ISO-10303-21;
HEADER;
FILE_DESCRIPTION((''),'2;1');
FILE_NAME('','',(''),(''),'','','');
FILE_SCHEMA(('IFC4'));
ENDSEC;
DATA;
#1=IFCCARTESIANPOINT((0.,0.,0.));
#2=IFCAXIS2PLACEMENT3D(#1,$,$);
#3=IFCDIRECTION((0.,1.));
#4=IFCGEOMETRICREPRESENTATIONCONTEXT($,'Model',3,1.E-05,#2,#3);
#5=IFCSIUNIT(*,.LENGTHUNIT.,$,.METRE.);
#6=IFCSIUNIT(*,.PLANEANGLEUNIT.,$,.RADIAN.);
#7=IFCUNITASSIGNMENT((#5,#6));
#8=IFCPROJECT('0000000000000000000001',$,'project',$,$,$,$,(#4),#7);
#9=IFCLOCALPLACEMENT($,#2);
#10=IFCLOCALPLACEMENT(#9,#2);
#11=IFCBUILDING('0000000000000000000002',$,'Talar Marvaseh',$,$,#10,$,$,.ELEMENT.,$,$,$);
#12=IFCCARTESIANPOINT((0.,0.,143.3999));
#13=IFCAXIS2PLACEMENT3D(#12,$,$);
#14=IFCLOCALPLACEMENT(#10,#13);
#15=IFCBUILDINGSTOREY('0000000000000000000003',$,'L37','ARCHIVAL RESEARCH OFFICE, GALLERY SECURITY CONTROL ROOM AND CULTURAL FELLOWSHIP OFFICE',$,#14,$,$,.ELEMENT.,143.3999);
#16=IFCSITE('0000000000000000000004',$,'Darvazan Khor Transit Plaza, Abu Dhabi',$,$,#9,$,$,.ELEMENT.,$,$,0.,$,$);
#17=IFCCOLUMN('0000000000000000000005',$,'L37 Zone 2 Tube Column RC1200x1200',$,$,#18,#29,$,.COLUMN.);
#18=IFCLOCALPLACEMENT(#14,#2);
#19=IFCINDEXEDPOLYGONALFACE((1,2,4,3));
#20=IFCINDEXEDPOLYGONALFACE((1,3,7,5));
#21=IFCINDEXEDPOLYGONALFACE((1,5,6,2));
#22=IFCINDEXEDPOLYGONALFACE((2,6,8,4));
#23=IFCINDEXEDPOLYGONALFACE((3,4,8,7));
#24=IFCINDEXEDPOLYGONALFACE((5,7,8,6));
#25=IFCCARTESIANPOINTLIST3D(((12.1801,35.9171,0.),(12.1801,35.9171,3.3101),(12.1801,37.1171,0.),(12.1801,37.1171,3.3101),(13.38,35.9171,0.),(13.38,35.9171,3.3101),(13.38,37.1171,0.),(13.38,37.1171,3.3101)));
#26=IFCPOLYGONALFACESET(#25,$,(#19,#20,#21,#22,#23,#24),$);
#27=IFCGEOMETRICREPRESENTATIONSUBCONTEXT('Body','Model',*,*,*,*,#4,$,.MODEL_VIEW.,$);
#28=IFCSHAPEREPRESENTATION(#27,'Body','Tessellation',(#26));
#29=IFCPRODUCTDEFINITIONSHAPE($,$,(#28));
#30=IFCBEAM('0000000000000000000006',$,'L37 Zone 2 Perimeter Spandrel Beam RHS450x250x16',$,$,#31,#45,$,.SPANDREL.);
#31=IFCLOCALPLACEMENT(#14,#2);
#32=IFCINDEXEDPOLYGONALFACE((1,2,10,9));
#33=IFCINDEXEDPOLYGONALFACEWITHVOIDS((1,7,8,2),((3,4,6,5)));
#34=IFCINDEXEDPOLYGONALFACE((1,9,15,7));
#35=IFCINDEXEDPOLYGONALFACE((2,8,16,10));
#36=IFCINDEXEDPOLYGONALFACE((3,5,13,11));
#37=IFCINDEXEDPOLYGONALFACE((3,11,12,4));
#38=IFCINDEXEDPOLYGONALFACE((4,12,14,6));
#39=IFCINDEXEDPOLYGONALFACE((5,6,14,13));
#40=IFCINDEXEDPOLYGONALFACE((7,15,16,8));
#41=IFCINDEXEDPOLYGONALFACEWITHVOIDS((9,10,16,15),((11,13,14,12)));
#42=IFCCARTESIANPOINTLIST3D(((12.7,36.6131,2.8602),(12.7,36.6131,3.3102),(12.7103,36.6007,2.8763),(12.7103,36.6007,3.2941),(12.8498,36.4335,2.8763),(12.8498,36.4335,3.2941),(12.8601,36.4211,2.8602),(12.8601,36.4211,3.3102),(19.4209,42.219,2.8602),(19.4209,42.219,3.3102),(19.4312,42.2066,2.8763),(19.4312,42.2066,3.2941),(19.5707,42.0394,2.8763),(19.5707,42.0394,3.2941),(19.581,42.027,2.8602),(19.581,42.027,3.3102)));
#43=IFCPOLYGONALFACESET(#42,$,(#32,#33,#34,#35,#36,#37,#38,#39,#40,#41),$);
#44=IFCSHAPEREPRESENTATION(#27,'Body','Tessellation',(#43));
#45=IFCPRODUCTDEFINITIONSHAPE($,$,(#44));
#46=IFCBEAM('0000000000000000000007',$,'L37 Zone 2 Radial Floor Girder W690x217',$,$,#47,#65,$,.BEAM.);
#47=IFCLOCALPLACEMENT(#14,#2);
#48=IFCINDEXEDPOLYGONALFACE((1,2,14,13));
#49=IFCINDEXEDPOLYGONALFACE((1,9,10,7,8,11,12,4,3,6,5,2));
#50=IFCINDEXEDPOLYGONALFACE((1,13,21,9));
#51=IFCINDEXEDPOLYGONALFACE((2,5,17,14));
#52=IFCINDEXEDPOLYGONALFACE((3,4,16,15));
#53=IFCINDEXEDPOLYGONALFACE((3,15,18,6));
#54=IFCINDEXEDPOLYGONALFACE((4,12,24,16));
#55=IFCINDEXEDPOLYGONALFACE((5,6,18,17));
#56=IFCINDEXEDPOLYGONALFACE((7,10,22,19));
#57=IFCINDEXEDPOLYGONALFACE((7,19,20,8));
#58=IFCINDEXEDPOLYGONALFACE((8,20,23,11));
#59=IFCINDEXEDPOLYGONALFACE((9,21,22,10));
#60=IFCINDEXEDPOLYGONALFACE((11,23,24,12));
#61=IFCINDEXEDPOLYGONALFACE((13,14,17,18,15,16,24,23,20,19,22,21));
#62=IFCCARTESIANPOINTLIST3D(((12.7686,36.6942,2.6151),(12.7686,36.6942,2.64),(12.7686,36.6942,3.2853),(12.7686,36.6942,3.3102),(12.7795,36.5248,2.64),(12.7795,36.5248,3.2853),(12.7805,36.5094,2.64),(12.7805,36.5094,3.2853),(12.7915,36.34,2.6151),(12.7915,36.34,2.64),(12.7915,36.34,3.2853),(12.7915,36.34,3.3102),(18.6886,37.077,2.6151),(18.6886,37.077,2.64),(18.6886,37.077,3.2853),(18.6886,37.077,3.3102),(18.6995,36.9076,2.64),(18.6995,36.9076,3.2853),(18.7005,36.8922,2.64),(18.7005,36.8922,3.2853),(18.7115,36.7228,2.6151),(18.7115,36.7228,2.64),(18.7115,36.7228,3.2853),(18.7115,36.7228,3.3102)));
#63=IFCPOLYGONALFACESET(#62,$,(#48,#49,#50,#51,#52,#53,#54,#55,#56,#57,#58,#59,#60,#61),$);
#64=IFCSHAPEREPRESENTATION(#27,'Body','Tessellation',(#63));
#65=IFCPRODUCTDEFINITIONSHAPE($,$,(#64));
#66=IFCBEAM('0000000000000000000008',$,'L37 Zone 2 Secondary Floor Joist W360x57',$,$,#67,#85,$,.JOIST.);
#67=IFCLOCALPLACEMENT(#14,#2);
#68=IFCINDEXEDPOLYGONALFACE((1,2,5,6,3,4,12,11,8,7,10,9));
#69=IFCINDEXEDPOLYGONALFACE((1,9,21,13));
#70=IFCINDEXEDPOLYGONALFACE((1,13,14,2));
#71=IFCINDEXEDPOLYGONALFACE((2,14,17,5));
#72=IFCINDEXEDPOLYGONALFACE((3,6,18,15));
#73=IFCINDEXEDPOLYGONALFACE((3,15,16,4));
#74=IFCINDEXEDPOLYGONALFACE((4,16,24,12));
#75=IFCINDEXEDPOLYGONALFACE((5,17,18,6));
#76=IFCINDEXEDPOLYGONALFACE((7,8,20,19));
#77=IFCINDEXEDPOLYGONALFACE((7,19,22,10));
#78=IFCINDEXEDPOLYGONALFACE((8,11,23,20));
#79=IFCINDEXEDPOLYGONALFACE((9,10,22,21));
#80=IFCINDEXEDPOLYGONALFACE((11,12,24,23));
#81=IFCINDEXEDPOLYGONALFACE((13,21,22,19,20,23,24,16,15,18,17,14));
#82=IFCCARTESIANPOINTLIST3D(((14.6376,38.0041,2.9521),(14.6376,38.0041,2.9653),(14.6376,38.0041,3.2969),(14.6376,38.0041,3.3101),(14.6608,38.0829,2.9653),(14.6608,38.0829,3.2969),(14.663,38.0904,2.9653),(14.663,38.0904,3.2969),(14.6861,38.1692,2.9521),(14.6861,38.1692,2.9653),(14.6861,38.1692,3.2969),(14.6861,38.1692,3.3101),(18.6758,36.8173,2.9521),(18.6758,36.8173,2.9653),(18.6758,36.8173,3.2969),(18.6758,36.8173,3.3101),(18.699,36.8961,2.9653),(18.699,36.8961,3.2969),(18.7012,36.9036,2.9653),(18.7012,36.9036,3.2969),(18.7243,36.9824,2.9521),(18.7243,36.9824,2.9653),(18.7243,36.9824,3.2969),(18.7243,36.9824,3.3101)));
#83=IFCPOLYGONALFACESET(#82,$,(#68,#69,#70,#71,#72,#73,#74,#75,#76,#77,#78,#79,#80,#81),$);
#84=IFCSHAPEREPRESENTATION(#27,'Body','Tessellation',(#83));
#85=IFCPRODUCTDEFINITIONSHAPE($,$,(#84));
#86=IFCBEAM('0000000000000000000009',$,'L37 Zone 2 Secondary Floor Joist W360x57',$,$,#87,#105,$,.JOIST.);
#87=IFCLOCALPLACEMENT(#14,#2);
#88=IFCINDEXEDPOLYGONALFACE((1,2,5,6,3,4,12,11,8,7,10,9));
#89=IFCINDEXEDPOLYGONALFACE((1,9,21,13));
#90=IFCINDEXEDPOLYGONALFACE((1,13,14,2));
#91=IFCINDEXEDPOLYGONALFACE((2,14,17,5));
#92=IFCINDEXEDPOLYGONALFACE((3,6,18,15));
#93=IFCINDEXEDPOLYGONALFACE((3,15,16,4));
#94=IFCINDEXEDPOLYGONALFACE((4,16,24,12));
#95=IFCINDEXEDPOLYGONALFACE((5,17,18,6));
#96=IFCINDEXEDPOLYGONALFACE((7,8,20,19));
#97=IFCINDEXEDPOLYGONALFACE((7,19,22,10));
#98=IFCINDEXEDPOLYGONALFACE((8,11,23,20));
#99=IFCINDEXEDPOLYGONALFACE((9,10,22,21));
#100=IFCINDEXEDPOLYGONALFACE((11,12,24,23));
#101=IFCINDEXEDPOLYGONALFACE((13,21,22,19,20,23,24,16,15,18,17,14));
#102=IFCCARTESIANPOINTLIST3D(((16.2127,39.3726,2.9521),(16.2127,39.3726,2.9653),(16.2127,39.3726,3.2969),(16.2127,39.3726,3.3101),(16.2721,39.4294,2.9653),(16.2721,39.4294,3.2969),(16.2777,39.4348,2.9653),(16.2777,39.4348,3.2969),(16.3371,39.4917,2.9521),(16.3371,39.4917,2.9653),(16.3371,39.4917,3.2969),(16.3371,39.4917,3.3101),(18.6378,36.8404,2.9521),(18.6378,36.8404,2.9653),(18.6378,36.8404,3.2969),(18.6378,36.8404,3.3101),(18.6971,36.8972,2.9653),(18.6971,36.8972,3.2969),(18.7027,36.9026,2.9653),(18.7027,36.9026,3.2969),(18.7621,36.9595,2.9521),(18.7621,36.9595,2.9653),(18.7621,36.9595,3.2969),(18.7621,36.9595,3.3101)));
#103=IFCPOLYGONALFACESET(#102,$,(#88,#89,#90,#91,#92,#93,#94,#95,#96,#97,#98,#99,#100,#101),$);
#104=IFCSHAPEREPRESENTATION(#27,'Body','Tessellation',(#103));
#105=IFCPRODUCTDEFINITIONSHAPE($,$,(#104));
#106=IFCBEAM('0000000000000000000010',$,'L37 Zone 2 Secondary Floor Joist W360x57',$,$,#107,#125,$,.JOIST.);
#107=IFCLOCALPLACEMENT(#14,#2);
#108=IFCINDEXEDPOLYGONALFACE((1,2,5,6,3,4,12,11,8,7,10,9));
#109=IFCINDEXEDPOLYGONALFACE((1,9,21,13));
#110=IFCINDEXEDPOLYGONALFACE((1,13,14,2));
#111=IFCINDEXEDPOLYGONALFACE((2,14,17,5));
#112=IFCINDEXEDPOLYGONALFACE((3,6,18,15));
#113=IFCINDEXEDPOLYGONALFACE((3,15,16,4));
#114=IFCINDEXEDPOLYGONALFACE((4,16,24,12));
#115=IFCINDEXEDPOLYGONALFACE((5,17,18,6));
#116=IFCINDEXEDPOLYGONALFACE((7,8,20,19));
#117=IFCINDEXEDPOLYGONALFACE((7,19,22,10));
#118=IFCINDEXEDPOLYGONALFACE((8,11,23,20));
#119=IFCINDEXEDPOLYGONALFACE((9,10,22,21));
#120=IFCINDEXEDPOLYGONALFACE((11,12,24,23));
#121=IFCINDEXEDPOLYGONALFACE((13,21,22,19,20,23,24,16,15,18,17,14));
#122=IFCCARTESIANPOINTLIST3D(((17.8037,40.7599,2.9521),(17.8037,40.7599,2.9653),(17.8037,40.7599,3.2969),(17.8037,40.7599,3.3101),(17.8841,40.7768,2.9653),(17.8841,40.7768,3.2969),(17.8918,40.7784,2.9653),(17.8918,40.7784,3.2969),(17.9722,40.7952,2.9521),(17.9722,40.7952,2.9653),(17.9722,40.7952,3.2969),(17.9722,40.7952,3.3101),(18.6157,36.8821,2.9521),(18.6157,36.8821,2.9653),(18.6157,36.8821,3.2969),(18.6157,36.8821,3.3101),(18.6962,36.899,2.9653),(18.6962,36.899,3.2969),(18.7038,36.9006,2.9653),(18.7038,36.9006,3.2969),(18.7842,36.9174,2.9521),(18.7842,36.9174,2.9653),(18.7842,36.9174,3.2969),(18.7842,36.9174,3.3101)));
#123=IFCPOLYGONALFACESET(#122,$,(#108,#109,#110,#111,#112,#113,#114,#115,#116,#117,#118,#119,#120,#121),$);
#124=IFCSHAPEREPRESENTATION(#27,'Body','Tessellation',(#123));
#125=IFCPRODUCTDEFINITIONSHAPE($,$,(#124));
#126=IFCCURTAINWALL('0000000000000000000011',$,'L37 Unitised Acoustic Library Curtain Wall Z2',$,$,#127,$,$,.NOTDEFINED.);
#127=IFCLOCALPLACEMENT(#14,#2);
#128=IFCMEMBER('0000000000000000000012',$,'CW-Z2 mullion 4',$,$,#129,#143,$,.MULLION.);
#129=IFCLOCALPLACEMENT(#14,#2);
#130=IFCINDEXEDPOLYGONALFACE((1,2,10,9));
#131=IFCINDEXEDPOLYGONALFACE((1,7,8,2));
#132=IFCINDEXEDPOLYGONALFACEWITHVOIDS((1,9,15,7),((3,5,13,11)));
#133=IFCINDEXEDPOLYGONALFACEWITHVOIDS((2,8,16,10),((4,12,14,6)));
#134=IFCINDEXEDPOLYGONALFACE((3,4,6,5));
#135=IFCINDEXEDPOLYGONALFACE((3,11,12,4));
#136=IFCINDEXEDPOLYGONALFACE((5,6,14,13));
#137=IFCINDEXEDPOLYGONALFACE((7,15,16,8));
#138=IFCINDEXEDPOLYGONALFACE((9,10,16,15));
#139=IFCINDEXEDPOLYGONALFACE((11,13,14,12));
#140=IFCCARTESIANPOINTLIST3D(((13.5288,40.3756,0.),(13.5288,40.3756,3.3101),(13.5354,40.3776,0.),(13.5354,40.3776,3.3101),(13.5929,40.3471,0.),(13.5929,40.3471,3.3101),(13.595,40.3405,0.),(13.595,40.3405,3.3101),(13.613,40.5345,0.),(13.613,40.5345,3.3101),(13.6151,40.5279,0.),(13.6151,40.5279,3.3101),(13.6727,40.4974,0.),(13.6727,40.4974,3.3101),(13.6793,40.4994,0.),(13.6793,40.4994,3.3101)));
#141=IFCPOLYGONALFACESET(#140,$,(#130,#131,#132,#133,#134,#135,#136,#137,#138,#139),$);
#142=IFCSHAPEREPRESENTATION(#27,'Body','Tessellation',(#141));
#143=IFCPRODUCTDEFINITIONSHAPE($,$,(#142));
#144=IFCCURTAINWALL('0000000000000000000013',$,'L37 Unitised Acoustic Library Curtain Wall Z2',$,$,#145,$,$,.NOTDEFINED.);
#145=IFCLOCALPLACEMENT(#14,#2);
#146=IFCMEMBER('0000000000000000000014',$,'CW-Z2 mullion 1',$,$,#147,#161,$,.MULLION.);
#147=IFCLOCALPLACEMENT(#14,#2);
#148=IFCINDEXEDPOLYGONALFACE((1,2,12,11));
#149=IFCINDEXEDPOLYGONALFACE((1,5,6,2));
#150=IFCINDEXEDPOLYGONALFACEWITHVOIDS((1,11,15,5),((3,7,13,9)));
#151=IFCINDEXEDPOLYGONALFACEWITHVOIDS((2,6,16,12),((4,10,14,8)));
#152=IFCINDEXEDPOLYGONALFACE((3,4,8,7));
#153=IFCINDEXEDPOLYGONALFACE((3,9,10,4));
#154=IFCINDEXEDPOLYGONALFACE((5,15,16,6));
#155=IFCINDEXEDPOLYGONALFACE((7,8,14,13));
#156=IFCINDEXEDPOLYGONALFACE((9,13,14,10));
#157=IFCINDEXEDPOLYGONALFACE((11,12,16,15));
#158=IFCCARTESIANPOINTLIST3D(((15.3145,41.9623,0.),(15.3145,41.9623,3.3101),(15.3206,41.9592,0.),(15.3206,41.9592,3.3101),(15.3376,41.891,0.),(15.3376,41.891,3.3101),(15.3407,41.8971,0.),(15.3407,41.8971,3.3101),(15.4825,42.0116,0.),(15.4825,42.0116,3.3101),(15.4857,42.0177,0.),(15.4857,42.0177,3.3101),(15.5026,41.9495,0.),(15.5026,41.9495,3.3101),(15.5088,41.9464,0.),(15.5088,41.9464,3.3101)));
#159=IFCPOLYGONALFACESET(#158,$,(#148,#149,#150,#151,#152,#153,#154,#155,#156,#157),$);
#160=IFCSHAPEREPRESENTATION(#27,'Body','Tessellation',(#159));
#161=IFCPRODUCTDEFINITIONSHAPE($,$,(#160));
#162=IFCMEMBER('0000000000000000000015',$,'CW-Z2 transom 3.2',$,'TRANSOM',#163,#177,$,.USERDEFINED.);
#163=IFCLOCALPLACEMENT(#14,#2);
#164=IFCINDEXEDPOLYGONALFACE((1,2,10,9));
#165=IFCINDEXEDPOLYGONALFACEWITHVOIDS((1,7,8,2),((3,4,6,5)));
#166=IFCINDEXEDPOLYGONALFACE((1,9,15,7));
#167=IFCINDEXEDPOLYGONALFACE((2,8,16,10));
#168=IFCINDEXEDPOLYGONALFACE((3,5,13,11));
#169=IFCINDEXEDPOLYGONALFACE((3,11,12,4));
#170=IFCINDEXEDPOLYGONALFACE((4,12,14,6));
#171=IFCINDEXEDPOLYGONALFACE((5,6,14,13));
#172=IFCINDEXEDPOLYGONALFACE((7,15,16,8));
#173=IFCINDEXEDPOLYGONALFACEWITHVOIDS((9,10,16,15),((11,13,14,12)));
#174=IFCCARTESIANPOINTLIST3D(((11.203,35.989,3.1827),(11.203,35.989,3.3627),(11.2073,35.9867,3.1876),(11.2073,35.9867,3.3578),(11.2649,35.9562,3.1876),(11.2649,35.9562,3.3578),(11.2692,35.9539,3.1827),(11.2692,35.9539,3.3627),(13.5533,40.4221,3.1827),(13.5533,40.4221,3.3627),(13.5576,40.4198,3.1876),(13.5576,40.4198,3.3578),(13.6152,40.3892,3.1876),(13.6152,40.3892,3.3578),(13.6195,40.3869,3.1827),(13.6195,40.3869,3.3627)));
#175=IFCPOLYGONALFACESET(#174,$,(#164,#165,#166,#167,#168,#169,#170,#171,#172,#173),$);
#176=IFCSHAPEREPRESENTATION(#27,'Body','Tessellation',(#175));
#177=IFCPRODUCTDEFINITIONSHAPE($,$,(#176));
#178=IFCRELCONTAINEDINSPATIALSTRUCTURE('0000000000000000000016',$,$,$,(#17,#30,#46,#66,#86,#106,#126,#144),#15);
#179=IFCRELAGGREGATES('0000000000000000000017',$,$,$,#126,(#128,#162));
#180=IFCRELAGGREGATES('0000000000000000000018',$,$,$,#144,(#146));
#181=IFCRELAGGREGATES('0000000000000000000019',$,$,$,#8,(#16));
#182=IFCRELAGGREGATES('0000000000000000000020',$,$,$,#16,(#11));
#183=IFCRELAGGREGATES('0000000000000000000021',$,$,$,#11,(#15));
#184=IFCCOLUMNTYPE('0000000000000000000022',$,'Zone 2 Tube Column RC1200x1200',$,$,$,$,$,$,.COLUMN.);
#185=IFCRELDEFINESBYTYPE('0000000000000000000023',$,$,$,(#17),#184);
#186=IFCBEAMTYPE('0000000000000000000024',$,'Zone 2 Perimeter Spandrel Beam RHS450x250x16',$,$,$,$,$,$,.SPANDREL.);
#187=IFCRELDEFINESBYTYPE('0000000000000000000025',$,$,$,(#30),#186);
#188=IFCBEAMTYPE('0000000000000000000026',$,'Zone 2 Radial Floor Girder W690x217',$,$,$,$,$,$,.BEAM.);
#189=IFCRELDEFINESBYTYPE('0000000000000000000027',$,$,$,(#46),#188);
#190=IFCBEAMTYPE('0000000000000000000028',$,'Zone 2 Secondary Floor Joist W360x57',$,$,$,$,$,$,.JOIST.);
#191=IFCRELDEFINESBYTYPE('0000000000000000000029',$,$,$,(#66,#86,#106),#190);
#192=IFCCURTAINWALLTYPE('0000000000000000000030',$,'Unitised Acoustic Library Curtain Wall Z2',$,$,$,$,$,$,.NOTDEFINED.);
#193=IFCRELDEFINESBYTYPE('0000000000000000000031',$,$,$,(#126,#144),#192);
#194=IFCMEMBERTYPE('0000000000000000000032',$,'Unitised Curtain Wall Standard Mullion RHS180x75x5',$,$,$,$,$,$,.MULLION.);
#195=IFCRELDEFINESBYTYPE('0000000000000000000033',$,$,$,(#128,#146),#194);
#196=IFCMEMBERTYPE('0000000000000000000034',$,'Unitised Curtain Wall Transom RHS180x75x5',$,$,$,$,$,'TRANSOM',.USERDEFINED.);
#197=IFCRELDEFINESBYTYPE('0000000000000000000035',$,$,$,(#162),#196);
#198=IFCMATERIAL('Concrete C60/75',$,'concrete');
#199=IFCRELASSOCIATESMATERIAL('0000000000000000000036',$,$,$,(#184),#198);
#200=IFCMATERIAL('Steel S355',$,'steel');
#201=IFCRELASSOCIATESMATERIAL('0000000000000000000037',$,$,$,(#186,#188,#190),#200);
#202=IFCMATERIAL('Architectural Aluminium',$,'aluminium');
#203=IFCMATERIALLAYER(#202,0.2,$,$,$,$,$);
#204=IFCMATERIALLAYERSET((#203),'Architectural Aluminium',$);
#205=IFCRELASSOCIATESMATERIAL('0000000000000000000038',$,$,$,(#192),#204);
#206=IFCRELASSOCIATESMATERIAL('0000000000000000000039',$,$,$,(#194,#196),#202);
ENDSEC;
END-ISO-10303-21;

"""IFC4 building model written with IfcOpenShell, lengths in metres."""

from ifc_helpers import new_model, si_unit, direction, frame, origin, origin_2d, place, context, subcontext, project, spatial, rectangle, hollow_rectangle, i_section, extrude, source, transform, mapped, material, layer, layer_set, material_profile, profile_set, type_object, type_shapes, element, aggregate, save


model = new_model("IFC4")

# Units and contexts
model_context = context("Model", 3, precision=1e-05, world=origin(), true_north=direction((0.0, 1.0)))
body_context = subcontext(model_context, "Body", "Model", "MODEL_VIEW")
ifc_project = project(units=[si_unit("LENGTHUNIT", "METRE"), si_unit("PLANEANGLEUNIT", "RADIAN")], contexts=[model_context])

# Site, building, storey
site_placement = place(None, origin())
site = spatial("IfcSite", under=ifc_project, at=site_placement, Name="Darvazan Khor Transit Plaza, Abu Dhabi", CompositionType="ELEMENT", RefElevation=0.0)
building_placement = place(site_placement, origin())
building = spatial("IfcBuilding", under=site, at=building_placement, Name="Talar Marvaseh", CompositionType="ELEMENT")
storey_placement = place(building_placement, frame((0.0, 0.0, 143.3999)))
storey = spatial("IfcBuildingStorey", under=building, at=storey_placement, Name="L37", Description="ARCHIVAL RESEARCH OFFICE, GALLERY SECURITY CONTROL ROOM AND CULTURAL FELLOWSHIP OFFICE", CompositionType="ELEMENT", Elevation=143.3999)

# Column
ifc_material_1 = material(Name="Concrete C60/75", Category="concrete")
ifc_material_profile_1 = material_profile(ifc_material_1, rectangle(XDim=1.2, YDim=1.2, at=origin_2d()), Name="RC1200x1200")
ifc_profile_set_1 = profile_set([ifc_material_profile_1], Name="Concrete C60/75")
column_type = type_object("IfcColumnType", Name="Zone 2 Tube Column RC1200x1200", PredefinedType="COLUMN", material=ifc_profile_set_1)
column_placement = place(storey_placement, frame((12.78, 36.5171, 0.0), z_axis=(0.0, 0.0, 1.0), x_axis=(1.0, 0.0, 0.0)))
element("IfcColumn", 1, at=column_placement, inside=storey, type_object=column_type, Name="L37 Zone 2 Tube Column RC1200x1200", PredefinedType="COLUMN", context=body_context, shape_type="SweptSolid", body=[
    extrude(rectangle(XDim=1.2, YDim=1.2, at=origin_2d()), origin(), (0.0, 0.0, 1.0), 3.3101),
])

# Beams
ifc_material_2 = material(Name="Steel S355", Category="steel")
ifc_material_profile_2 = material_profile(ifc_material_2, hollow_rectangle(XDim=0.25, YDim=0.45, WallThickness=0.0161, at=origin_2d()), Name="RHS450x250x16")
ifc_profile_set_2 = profile_set([ifc_material_profile_2], Name="Steel S355")
beam_type_1 = type_object("IfcBeamType", Name="Zone 2 Perimeter Spandrel Beam RHS450x250x16", PredefinedType="SPANDREL", material=ifc_profile_set_2)
beam_1_placement = place(storey_placement, frame((12.78, 36.5171, 3.0852), z_axis=(0.767931, 0.640533, 0.0), x_axis=(-0.640533, 0.767931, 0.0)))
element("IfcBeam", 2, at=beam_1_placement, inside=storey, type_object=beam_type_1, Name="L37 Zone 2 Perimeter Spandrel Beam RHS450x250x16", PredefinedType="SPANDREL", context=body_context, shape_type="SweptSolid", body=[
    extrude(hollow_rectangle(XDim=0.25, YDim=0.45, WallThickness=0.0161, at=origin_2d()), origin(), (0.0, 0.0, 1.0), 8.752),
])
ifc_material_profile_3 = material_profile(ifc_material_2, i_section(OverallWidth=0.355, OverallDepth=0.6951, WebThickness=0.0154, FlangeThickness=0.0249, at=origin_2d()), Name="W690x217")
ifc_profile_set_3 = profile_set([ifc_material_profile_3], Name="Steel S355")
beam_type_2 = type_object("IfcBeamType", Name="Zone 2 Radial Floor Girder W690x217", PredefinedType="BEAM", material=ifc_profile_set_3)
beam_2_placement = place(storey_placement, frame((12.78, 36.5171, 2.9626), z_axis=(0.997916, 0.06453, 0.0), x_axis=(-0.06453, 0.997916, 0.0)))
element("IfcBeam", 3, at=beam_2_placement, inside=storey, type_object=beam_type_2, Name="L37 Zone 2 Radial Floor Girder W690x217", PredefinedType="BEAM", context=body_context, shape_type="SweptSolid", body=[
    extrude(i_section(OverallWidth=0.355, OverallDepth=0.6951, WebThickness=0.0154, FlangeThickness=0.0249, at=origin_2d()), origin(), (0.0, 0.0, 1.0), 5.9324),
])
ifc_material_profile_4 = material_profile(ifc_material_2, i_section(OverallWidth=0.1721, OverallDepth=0.3579, WebThickness=0.0078, FlangeThickness=0.0132, at=origin_2d()), Name="W360x57")
ifc_profile_set_4 = profile_set([ifc_material_profile_4], Name="Steel S355")
beam_type_3 = type_object("IfcBeamType", Name="Zone 2 Secondary Floor Joist W360x57", PredefinedType="JOIST", material=ifc_profile_set_4)
beam_3_placement = place(storey_placement, frame((14.6619, 38.0867, 3.1311), z_axis=(0.959424, -0.281968, 0.0), x_axis=(0.281968, 0.959424, 0.0)))
element("IfcBeam", 4, at=beam_3_placement, inside=storey, type_object=beam_type_3, Name="L37 Zone 2 Secondary Floor Joist W360x57", PredefinedType="JOIST", context=body_context, shape_type="SweptSolid", body=[
    extrude(i_section(OverallWidth=0.1721, OverallDepth=0.3579, WebThickness=0.0078, FlangeThickness=0.0132, at=origin_2d()), origin(), (0.0, 0.0, 1.0), 4.209),
])
beam_4_placement = place(storey_placement, frame((16.2749, 39.4321, 3.1311), z_axis=(0.691657, -0.722226, 0.0), x_axis=(0.722226, 0.691657, 0.0)))
element("IfcBeam", 5, at=beam_4_placement, inside=storey, type_object=beam_type_3, Name="L37 Zone 2 Secondary Floor Joist W360x57", PredefinedType="JOIST", context=body_context, shape_type="SweptSolid", body=[
    extrude(i_section(OverallWidth=0.1721, OverallDepth=0.3579, WebThickness=0.0078, FlangeThickness=0.0132, at=origin_2d()), origin(), (0.0, 0.0, 1.0), 3.5061),
])
beam_5_placement = place(storey_placement, frame((17.8879, 40.7776, 3.1311), z_axis=(0.204961, -0.97877, 0.0), x_axis=(0.97877, 0.204961, 0.0)))
element("IfcBeam", 6, at=beam_5_placement, inside=storey, type_object=beam_type_3, Name="L37 Zone 2 Secondary Floor Joist W360x57", PredefinedType="JOIST", context=body_context, shape_type="SweptSolid", body=[
    extrude(i_section(OverallWidth=0.1721, OverallDepth=0.3579, WebThickness=0.0078, FlangeThickness=0.0132, at=origin_2d()), origin(), (0.0, 0.0, 1.0), 3.9619),
])

# Curtain walls, members
ifc_material_3 = material(Name="Architectural Aluminium", Category="aluminium")
ifc_layer_1 = layer(ifc_material_3, 0.2)
ifc_layer_set_1 = layer_set([ifc_layer_1], Name="Architectural Aluminium")
curtain_wall_type = type_object("IfcCurtainWallType", Name="Unitised Acoustic Library Curtain Wall Z2", PredefinedType="NOTDEFINED", material=ifc_layer_set_1)
curtain_wall_1_placement = place(storey_placement, origin())
curtain_wall_1 = element("IfcCurtainWall", 7, at=curtain_wall_1_placement, inside=storey, type_object=curtain_wall_type, Name="L37 Unitised Acoustic Library Curtain Wall Z2", PredefinedType="NOTDEFINED")
ifc_material_profile_5 = material_profile(ifc_material_3, hollow_rectangle(XDim=0.075, YDim=0.1799, WallThickness=0.0049, at=origin_2d()), Name="RHS180x75x5")
ifc_profile_set_5 = profile_set([ifc_material_profile_5], Name="Architectural Aluminium")
member_type_1 = type_object("IfcMemberType", Name="Unitised Curtain Wall Standard Mullion RHS180x75x5", PredefinedType="MULLION", material=ifc_profile_set_5)
shared_shape_1 = source(origin(), body_context, "Body", "SweptSolid", [
    extrude(hollow_rectangle(XDim=0.075, YDim=0.1799, WallThickness=0.0049, at=origin_2d()), origin(), (0.0, 0.0, 1.0), 3.3101),
])
type_shapes(member_type_1, [shared_shape_1])
member_1_placement = place(storey_placement, frame((13.604, 40.4375, 0.0), z_axis=(0.0, 0.0, 1.0), x_axis=(-0.883505, 0.468422, 0.0)))
member_1 = element("IfcMember", 8, at=member_1_placement, type_object=member_type_1, Name="CW-Z2 mullion 4", PredefinedType="MULLION", context=body_context, shape_type="MappedRepresentation", body=[
    mapped(shared_shape_1, transform((0.0, 0.0, 0.0), x_axis=(1.0, 0.0, 0.0), y_axis=(0.0, 1.0, 0.0), z_axis=(0.0, 0.0, 1.0), scale=1.0)),
])
curtain_wall_2_placement = place(storey_placement, origin())
curtain_wall_2 = element("IfcCurtainWall", 9, at=curtain_wall_2_placement, inside=storey, type_object=curtain_wall_type, Name="L37 Unitised Acoustic Library Curtain Wall Z2", PredefinedType="NOTDEFINED")
member_2_placement = place(storey_placement, frame((15.4116, 41.9543, 0.0), z_axis=(0.0, 0.0, 1.0), x_axis=(-0.307886, 0.951423, 0.0)))
member_2 = element("IfcMember", 10, at=member_2_placement, type_object=member_type_1, Name="CW-Z2 mullion 1", PredefinedType="MULLION", context=body_context, shape_type="MappedRepresentation", body=[
    mapped(shared_shape_1, transform((0.0, 0.0, 0.0), x_axis=(1.0, 0.0, 0.0), y_axis=(0.0, 1.0, 0.0), z_axis=(0.0, 0.0, 1.0), scale=1.0)),
])

# Member
ifc_material_profile_6 = material_profile(ifc_material_3, hollow_rectangle(XDim=0.075, YDim=0.1799, WallThickness=0.0049, at=origin_2d()), Name="RHS180x75x5")
ifc_profile_set_6 = profile_set([ifc_material_profile_6], Name="Architectural Aluminium")
member_type_2 = type_object("IfcMemberType", Name="Unitised Curtain Wall Transom RHS180x75x5", ElementType="TRANSOM", PredefinedType="USERDEFINED", material=ifc_profile_set_6)
shared_shape_2 = source(origin(), body_context, "Body", "SweptSolid", [
    extrude(hollow_rectangle(XDim=0.075, YDim=0.1799, WallThickness=0.0049, at=origin_2d()), origin(), (0.0, 0.0, 1.0), 5.0176),
])
member_3_placement = place(storey_placement, frame((11.2361, 35.9714, 3.2727), z_axis=(0.468417, 0.883507, 0.0), x_axis=(-0.883507, 0.468417, 0.0)))
member_3 = element("IfcMember", 11, at=member_3_placement, type_object=member_type_2, Name="CW-Z2 transom 3.2", ObjectType="TRANSOM", PredefinedType="USERDEFINED", context=body_context, shape_type="MappedRepresentation", body=[
    mapped(shared_shape_2, transform((0.0, 0.0, 0.0), x_axis=(1.0, 0.0, 0.0), y_axis=(0.0, 1.0, 0.0), z_axis=(0.0, 0.0, 1.0), scale=1.0)),
])

aggregate(curtain_wall_1, [member_1, member_3])
aggregate(curtain_wall_2, [member_2])

save(model, "model.ifc")
